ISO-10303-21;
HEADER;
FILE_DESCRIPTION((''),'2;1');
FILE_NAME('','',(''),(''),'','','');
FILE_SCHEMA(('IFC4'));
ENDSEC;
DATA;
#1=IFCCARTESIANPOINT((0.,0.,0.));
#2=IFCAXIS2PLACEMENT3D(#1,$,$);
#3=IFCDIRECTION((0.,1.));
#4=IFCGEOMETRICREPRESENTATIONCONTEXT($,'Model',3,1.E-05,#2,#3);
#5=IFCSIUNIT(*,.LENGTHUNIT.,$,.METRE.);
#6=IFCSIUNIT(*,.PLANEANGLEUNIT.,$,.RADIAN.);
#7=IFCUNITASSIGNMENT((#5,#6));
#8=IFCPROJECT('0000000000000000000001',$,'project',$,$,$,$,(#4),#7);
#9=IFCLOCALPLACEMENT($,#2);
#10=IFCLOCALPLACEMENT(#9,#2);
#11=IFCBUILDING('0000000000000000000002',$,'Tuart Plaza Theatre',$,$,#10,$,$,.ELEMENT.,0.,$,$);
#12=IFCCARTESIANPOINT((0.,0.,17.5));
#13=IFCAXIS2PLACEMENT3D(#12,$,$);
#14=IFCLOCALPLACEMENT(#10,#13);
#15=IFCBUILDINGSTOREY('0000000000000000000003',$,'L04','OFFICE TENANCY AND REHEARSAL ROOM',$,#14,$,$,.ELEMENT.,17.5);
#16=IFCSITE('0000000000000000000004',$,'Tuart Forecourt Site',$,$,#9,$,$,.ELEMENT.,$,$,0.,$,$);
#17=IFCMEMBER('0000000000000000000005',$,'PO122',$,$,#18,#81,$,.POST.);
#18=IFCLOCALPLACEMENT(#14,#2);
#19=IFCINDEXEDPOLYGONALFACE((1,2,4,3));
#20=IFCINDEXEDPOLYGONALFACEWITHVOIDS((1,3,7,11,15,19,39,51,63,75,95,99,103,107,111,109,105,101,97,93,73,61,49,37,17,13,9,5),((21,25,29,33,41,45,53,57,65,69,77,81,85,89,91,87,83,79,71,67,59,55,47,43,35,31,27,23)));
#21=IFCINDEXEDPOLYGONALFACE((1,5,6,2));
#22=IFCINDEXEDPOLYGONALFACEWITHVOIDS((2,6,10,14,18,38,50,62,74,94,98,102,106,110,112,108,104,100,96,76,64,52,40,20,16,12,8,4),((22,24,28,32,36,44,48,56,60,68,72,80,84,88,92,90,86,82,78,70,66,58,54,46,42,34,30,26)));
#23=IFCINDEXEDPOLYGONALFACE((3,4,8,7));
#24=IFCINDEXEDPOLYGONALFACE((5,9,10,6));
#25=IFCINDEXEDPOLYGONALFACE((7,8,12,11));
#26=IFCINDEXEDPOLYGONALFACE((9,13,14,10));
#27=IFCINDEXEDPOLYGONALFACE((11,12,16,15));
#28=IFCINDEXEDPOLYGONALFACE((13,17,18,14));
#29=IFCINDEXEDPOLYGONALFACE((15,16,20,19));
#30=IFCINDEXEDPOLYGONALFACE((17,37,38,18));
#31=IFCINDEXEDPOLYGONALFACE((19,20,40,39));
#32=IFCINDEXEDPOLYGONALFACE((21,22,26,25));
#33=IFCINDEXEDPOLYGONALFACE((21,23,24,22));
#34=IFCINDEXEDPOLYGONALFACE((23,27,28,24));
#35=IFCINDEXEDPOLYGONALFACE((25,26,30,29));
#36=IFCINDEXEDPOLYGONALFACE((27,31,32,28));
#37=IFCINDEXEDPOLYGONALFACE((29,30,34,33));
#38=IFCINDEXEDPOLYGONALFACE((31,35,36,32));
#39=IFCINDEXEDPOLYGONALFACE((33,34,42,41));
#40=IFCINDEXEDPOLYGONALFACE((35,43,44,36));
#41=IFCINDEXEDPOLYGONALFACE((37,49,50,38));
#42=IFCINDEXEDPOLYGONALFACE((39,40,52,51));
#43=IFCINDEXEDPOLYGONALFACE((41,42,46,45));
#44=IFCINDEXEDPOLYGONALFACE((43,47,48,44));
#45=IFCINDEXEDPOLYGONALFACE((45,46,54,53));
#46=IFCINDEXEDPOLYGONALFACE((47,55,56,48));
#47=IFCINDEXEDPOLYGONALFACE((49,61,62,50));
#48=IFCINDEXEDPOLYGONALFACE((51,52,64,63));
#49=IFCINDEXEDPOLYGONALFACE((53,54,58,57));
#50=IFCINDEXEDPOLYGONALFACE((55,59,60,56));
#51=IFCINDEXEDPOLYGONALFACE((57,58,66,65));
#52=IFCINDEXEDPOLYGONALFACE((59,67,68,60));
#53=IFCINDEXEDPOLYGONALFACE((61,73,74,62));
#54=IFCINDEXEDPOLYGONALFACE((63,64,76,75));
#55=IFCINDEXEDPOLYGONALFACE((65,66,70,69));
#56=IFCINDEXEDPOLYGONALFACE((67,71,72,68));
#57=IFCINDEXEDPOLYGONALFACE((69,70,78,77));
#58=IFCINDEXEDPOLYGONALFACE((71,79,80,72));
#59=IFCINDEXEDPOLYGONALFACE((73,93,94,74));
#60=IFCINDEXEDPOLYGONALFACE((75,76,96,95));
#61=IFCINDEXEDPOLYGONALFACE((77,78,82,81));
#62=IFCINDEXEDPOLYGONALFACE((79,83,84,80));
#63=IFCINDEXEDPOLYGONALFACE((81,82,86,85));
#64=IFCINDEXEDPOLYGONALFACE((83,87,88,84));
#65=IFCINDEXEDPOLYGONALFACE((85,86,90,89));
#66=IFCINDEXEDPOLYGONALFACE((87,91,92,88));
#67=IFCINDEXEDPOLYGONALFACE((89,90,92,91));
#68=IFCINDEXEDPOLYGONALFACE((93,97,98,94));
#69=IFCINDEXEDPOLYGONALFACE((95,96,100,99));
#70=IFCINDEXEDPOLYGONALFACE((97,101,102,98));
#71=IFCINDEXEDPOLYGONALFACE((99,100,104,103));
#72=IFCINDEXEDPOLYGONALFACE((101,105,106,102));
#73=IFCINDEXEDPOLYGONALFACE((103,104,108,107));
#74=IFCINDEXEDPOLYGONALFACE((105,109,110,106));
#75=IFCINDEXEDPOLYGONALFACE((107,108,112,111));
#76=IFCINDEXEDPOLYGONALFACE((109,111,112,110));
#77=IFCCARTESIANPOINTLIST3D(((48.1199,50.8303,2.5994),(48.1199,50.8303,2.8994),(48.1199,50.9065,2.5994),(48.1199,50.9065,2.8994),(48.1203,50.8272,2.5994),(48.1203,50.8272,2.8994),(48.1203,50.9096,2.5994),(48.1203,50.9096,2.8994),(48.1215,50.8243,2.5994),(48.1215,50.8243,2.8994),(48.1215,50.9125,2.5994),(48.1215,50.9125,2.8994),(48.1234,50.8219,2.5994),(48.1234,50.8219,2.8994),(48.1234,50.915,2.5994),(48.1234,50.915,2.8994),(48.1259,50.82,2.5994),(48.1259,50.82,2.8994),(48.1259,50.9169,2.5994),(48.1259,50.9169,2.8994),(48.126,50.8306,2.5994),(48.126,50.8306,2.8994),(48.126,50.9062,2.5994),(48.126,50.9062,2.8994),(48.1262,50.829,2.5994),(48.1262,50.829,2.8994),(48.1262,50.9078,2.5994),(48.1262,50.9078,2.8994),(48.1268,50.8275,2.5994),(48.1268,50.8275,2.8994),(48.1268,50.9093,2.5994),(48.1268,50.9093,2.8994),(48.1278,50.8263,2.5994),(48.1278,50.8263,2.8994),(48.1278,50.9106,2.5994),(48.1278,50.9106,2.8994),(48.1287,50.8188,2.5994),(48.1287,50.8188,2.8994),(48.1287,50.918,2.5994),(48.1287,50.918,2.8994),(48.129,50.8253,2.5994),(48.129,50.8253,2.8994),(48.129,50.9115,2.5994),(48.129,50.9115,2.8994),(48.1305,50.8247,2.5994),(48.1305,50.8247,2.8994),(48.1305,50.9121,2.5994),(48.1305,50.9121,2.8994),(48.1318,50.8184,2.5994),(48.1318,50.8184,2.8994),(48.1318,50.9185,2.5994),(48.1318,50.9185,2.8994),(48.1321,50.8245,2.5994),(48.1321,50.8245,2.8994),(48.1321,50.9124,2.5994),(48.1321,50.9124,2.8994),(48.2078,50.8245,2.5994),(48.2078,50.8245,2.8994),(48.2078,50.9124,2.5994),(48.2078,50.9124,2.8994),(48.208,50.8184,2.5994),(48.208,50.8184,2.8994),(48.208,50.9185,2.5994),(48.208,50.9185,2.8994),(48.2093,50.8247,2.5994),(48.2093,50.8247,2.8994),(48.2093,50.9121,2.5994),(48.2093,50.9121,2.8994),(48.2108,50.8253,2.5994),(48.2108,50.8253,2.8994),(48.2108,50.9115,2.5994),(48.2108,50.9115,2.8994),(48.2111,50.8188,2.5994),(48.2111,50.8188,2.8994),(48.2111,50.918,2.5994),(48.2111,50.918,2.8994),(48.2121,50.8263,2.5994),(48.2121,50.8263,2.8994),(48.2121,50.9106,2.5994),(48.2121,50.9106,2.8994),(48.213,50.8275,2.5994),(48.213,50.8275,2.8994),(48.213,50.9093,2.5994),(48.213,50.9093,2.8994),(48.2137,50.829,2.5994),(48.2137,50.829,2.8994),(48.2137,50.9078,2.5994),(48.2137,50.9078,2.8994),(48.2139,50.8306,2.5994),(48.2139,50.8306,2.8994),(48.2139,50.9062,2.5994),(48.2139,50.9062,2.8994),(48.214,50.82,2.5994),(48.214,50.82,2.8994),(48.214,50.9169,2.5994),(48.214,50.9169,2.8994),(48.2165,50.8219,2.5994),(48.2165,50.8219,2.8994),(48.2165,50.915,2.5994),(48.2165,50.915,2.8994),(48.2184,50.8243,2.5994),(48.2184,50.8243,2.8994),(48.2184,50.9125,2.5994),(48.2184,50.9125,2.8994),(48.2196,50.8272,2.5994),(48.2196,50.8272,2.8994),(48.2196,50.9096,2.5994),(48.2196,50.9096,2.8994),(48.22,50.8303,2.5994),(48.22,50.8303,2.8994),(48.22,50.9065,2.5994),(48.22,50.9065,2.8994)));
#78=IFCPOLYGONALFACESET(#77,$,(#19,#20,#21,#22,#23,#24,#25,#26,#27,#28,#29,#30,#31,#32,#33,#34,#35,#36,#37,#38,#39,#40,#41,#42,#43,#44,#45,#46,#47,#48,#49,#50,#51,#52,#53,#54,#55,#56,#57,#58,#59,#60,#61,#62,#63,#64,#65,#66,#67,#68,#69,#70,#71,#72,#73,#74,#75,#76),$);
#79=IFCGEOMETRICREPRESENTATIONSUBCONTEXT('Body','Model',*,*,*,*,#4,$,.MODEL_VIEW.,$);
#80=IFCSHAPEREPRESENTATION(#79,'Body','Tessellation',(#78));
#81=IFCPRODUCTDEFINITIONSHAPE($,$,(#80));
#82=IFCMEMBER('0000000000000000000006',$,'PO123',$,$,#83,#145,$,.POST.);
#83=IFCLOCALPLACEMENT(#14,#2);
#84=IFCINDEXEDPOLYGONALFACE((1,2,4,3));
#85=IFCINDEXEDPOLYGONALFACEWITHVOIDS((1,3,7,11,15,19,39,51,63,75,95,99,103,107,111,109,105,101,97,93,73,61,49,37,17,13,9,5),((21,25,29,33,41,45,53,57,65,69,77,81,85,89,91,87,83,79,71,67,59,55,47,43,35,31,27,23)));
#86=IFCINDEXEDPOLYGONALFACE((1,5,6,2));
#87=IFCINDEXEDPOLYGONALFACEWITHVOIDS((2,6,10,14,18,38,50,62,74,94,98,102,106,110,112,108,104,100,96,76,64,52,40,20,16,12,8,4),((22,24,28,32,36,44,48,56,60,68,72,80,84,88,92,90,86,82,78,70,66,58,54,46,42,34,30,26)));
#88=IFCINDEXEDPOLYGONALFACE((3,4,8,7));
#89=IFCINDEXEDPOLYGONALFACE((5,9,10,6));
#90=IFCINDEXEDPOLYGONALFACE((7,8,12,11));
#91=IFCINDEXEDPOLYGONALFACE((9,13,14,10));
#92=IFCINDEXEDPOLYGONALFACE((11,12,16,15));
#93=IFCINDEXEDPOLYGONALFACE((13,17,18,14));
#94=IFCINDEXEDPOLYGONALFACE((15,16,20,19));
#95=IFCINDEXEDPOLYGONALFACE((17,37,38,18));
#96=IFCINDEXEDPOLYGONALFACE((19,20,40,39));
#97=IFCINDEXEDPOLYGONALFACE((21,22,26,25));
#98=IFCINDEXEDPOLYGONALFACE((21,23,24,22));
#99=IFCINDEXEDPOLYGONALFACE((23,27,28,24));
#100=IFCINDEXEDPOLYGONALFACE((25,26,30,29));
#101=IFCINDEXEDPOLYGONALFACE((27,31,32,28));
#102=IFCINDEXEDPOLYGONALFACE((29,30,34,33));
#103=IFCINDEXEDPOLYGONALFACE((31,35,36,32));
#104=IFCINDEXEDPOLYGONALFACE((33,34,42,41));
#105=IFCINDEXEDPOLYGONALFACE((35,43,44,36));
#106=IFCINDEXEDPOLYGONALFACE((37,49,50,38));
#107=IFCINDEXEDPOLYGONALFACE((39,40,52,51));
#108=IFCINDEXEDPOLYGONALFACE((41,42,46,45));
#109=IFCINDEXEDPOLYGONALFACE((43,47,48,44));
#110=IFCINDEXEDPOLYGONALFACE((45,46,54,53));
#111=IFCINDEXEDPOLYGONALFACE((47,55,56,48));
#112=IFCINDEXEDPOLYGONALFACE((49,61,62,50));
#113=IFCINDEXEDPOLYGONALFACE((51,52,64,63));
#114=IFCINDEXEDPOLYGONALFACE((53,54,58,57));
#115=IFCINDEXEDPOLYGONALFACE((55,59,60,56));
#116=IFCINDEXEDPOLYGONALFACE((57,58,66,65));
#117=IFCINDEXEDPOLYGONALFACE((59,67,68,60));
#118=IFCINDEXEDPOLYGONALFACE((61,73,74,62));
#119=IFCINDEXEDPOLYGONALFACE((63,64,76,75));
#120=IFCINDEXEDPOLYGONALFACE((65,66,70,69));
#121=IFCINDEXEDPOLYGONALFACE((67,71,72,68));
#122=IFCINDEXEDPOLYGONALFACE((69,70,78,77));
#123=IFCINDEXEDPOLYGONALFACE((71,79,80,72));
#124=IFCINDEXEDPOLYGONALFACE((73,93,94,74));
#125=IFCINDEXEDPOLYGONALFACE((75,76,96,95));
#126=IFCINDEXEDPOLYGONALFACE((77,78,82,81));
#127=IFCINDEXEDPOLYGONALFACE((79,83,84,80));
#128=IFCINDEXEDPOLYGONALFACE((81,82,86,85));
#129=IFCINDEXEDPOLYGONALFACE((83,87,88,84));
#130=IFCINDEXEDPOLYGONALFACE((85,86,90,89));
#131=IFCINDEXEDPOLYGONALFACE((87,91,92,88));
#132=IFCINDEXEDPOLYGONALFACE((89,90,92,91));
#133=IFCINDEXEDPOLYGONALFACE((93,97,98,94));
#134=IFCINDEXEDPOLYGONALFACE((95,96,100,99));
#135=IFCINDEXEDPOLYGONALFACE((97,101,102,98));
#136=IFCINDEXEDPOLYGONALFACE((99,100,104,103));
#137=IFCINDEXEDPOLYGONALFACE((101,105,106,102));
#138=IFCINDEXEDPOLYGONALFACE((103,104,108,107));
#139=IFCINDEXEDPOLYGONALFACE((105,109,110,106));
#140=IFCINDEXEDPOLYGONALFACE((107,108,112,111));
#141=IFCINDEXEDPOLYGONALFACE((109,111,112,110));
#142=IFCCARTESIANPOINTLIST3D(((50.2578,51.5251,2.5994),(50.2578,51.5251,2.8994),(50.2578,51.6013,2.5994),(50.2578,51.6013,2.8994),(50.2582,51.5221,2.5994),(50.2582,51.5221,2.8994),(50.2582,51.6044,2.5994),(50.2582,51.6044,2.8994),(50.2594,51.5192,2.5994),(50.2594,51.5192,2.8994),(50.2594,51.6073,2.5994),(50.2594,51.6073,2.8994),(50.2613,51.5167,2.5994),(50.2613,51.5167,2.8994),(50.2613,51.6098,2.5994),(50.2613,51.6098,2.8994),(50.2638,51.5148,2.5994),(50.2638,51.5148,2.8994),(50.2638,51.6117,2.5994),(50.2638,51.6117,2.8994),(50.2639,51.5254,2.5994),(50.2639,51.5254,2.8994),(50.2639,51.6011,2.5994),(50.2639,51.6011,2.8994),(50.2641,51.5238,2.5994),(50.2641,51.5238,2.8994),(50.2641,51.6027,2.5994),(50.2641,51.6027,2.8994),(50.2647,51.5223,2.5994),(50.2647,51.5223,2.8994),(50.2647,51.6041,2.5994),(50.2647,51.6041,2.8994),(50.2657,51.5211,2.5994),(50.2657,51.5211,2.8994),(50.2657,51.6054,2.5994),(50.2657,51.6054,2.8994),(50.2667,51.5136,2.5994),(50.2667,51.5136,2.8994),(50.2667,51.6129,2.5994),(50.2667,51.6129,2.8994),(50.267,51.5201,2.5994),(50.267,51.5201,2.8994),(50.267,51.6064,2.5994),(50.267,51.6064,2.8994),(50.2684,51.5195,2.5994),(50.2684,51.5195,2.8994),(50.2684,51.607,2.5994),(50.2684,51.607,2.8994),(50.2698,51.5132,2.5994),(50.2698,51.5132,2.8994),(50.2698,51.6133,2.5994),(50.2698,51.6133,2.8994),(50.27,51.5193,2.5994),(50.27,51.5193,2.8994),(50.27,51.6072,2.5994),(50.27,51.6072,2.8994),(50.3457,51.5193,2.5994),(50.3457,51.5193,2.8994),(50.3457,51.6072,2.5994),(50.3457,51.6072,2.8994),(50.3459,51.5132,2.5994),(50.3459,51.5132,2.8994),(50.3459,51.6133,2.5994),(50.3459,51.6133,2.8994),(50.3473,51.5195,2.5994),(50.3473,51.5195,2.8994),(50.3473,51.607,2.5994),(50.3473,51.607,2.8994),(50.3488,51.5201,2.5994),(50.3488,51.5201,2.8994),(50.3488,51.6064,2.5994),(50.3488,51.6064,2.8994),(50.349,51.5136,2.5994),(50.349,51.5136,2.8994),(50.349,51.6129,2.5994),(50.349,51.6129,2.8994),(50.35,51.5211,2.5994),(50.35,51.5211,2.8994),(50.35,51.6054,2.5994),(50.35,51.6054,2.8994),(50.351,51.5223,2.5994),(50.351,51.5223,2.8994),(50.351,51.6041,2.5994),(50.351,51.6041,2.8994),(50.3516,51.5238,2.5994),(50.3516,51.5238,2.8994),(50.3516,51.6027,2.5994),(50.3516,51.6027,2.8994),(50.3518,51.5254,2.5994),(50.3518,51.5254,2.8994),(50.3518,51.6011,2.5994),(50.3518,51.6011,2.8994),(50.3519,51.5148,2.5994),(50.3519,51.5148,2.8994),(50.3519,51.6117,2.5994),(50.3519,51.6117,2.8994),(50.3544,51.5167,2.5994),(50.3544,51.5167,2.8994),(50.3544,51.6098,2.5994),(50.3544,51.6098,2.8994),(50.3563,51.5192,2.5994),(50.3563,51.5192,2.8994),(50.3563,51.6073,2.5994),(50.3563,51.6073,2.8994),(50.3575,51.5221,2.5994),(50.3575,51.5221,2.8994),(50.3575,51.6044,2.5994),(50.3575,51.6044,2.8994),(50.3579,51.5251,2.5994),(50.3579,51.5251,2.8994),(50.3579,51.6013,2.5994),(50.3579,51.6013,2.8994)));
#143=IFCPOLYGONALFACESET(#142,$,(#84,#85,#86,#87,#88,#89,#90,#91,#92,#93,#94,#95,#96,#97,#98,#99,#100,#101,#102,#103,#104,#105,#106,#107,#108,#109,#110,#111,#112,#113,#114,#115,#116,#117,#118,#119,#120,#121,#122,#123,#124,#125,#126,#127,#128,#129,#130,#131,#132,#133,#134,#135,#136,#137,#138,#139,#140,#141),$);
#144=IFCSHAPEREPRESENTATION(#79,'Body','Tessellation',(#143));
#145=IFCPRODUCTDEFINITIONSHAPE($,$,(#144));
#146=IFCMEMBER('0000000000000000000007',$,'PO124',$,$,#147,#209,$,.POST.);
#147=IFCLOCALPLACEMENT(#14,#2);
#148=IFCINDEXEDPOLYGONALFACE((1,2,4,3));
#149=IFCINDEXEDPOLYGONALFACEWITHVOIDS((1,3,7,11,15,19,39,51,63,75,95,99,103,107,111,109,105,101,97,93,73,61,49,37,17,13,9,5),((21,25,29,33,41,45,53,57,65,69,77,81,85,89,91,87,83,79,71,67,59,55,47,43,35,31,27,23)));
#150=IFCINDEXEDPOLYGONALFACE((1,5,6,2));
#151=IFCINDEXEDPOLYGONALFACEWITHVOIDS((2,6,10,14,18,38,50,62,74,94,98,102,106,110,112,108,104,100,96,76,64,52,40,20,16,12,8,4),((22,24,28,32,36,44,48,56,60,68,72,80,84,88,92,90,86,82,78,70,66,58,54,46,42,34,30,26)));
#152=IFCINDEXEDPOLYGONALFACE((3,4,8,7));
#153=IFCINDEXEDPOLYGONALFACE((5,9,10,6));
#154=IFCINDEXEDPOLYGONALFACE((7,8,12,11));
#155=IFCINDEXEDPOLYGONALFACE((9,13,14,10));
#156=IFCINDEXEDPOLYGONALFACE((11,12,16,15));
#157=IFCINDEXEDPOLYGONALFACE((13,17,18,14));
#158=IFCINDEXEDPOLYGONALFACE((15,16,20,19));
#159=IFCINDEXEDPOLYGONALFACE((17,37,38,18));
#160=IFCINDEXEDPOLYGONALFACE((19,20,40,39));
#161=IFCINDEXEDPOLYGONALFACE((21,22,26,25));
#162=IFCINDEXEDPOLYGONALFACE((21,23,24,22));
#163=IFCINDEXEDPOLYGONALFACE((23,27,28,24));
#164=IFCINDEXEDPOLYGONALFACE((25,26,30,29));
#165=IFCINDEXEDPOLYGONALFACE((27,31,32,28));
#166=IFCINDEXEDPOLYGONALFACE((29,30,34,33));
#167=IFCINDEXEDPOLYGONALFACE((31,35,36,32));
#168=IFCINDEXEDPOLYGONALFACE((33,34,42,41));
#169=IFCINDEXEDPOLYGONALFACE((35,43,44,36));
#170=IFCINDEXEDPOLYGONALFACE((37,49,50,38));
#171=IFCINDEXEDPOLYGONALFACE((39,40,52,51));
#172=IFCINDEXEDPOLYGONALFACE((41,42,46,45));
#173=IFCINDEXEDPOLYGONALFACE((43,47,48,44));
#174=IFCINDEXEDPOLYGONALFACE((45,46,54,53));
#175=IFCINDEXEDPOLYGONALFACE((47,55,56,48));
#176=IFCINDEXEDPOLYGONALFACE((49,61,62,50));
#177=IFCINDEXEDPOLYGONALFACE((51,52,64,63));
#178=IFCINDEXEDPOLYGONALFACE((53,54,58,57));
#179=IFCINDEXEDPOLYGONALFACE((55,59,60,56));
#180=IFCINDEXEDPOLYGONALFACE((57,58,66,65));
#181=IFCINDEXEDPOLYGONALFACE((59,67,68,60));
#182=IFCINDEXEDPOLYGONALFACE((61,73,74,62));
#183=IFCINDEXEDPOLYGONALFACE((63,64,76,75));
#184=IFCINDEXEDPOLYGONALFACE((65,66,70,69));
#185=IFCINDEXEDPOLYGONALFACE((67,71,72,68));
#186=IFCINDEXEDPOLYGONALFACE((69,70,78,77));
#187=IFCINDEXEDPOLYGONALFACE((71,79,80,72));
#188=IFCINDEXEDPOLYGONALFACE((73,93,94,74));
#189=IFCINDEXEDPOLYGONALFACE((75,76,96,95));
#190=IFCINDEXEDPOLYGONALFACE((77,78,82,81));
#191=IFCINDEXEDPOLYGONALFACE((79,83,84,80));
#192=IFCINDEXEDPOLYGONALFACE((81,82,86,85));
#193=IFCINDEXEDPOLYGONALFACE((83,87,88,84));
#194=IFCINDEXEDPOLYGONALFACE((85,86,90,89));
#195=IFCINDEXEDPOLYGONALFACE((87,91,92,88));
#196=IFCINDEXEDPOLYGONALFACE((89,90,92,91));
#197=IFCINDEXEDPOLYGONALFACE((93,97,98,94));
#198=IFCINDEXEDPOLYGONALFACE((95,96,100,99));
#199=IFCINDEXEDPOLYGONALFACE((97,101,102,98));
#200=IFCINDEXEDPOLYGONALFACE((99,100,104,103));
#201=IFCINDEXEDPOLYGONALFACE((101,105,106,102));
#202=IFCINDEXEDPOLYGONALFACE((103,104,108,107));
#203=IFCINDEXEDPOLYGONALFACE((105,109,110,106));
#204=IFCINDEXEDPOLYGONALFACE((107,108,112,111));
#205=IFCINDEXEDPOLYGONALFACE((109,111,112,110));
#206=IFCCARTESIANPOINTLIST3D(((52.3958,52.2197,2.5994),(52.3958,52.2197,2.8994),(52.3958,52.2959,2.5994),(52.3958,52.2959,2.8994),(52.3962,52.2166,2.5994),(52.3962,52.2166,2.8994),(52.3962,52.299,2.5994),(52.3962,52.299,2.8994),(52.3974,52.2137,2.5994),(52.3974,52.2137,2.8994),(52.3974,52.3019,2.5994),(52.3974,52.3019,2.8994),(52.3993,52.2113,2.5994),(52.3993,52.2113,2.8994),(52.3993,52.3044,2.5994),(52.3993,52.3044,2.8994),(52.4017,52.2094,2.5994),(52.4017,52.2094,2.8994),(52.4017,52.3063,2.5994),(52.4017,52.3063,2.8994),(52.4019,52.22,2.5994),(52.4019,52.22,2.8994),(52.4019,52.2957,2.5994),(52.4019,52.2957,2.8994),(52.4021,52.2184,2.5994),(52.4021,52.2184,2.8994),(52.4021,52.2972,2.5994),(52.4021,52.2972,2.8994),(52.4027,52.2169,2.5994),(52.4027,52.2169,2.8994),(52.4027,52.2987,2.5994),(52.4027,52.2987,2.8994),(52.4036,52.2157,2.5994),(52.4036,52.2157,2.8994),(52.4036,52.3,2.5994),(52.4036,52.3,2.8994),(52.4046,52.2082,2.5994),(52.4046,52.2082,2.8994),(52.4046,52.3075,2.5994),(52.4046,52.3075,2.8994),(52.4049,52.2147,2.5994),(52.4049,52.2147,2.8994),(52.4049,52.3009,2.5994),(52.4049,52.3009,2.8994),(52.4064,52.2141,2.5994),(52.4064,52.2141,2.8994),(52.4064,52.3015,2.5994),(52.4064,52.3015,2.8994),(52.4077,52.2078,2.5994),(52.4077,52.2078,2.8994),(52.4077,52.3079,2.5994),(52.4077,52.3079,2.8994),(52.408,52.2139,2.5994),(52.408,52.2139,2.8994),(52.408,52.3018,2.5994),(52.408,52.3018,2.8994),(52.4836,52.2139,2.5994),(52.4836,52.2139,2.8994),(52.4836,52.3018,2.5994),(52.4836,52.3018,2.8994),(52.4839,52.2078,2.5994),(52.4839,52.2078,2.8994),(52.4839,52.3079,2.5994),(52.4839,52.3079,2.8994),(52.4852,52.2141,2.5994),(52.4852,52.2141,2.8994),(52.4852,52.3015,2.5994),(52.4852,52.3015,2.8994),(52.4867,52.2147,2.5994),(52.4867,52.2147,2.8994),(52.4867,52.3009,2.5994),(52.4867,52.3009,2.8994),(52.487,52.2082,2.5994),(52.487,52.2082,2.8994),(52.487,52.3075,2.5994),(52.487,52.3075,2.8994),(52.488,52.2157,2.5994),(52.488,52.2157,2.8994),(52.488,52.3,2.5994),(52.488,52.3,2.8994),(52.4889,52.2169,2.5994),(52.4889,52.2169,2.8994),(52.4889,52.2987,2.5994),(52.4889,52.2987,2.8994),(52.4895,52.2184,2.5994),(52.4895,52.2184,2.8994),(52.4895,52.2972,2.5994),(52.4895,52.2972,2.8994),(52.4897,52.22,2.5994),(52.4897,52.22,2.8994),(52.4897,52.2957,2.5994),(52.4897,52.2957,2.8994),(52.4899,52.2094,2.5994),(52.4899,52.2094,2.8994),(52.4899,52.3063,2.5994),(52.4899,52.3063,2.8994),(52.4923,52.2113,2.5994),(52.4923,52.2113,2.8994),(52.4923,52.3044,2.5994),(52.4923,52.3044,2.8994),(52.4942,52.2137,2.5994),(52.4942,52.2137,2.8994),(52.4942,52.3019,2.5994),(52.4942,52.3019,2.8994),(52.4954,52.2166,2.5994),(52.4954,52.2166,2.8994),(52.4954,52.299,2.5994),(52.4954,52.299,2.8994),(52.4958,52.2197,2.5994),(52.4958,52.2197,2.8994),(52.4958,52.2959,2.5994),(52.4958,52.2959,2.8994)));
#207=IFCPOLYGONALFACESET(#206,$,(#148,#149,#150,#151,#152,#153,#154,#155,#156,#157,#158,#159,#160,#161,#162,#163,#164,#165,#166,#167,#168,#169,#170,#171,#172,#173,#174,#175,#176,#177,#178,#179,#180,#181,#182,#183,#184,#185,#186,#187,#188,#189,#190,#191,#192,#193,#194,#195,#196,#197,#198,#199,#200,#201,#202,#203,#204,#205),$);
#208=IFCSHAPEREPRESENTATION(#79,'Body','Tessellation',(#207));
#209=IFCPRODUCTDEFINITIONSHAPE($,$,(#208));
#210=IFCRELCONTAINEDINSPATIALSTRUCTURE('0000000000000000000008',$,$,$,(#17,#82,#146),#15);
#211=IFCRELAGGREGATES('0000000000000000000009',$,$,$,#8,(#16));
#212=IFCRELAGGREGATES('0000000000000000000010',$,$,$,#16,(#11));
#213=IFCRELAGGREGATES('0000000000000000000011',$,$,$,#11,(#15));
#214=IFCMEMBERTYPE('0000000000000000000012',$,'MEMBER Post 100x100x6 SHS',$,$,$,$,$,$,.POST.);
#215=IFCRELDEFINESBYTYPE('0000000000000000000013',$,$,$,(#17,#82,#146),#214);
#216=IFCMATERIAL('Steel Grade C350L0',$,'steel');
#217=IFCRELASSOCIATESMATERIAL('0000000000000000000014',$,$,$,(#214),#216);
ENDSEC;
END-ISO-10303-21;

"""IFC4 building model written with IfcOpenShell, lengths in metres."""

from ifc_helpers import new_model, si_unit, direction, frame, origin, origin_2d, place, context, subcontext, project, spatial, hollow_rectangle, extrude, material, material_profile, profile_set, type_object, element, save


model = new_model("IFC4")

# Units and contexts
model_context = context("Model", 3, precision=1e-05, world=origin(), true_north=direction((0.0, 1.0)))
body_context = subcontext(model_context, "Body", "Model", "MODEL_VIEW")
ifc_project = project(units=[si_unit("LENGTHUNIT", "METRE"), si_unit("PLANEANGLEUNIT", "RADIAN")], contexts=[model_context])

# Site, building, storey
site_placement = place(None, origin())
site = spatial("IfcSite", under=ifc_project, at=site_placement, Name="Tuart Forecourt Site", CompositionType="ELEMENT", RefElevation=0.0)
building_placement = place(site_placement, origin())
building = spatial("IfcBuilding", under=site, at=building_placement, Name="Tuart Plaza Theatre", CompositionType="ELEMENT", ElevationOfRefHeight=0.0)
storey_placement = place(building_placement, frame((0.0, 0.0, 17.5)))
storey = spatial("IfcBuildingStorey", under=building, at=storey_placement, Name="L04", Description="OFFICE TENANCY AND REHEARSAL ROOM", CompositionType="ELEMENT", Elevation=17.5)

# Members
ifc_material_1 = material(Name="Steel Grade C350L0", Category="steel")
ifc_material_profile_1 = material_profile(ifc_material_1, hollow_rectangle(XDim=0.1001, YDim=0.1001, WallThickness=0.0061, InnerFilletRadius=0.0061, OuterFilletRadius=0.012, at=origin_2d()), Name="100x100x6 SHS")
ifc_profile_set_1 = profile_set([ifc_material_profile_1], Name="Steel Grade C350L0")
member_type_1 = type_object("IfcMemberType", Name="MEMBER Post 100x100x6 SHS", PredefinedType="POST", material=ifc_profile_set_1)
for number, where, z_axis, x_axis, name in (
    (1, (48.1699, 50.8684, 2.5994), (0.0, 0.0, 1.0), (1.0, 0.0, 0.0), "PO122"),
    (2, (50.3079, 51.5632, 2.5994), (0.0, 0.0, 1.0), (1.0, 0.0, 0.0), "PO123"),
    (3, (52.4458, 52.2578, 2.5994), (0.0, 0.0, 1.0), (1.0, 0.0, 0.0), "PO124"),
):
    element("IfcMember", number, at=place(storey_placement, frame(where, z_axis=z_axis, x_axis=x_axis)), inside=storey, type_object=member_type_1, Name=name, PredefinedType="POST", context=body_context, shape_type="SweptSolid", body=[
        extrude(hollow_rectangle(XDim=0.1001, YDim=0.1001, WallThickness=0.0061, InnerFilletRadius=0.0061, OuterFilletRadius=0.012, at=origin_2d()), origin(), (0.0, 0.0, 1.0), 0.3),
    ])

save(model, "model.ifc")
